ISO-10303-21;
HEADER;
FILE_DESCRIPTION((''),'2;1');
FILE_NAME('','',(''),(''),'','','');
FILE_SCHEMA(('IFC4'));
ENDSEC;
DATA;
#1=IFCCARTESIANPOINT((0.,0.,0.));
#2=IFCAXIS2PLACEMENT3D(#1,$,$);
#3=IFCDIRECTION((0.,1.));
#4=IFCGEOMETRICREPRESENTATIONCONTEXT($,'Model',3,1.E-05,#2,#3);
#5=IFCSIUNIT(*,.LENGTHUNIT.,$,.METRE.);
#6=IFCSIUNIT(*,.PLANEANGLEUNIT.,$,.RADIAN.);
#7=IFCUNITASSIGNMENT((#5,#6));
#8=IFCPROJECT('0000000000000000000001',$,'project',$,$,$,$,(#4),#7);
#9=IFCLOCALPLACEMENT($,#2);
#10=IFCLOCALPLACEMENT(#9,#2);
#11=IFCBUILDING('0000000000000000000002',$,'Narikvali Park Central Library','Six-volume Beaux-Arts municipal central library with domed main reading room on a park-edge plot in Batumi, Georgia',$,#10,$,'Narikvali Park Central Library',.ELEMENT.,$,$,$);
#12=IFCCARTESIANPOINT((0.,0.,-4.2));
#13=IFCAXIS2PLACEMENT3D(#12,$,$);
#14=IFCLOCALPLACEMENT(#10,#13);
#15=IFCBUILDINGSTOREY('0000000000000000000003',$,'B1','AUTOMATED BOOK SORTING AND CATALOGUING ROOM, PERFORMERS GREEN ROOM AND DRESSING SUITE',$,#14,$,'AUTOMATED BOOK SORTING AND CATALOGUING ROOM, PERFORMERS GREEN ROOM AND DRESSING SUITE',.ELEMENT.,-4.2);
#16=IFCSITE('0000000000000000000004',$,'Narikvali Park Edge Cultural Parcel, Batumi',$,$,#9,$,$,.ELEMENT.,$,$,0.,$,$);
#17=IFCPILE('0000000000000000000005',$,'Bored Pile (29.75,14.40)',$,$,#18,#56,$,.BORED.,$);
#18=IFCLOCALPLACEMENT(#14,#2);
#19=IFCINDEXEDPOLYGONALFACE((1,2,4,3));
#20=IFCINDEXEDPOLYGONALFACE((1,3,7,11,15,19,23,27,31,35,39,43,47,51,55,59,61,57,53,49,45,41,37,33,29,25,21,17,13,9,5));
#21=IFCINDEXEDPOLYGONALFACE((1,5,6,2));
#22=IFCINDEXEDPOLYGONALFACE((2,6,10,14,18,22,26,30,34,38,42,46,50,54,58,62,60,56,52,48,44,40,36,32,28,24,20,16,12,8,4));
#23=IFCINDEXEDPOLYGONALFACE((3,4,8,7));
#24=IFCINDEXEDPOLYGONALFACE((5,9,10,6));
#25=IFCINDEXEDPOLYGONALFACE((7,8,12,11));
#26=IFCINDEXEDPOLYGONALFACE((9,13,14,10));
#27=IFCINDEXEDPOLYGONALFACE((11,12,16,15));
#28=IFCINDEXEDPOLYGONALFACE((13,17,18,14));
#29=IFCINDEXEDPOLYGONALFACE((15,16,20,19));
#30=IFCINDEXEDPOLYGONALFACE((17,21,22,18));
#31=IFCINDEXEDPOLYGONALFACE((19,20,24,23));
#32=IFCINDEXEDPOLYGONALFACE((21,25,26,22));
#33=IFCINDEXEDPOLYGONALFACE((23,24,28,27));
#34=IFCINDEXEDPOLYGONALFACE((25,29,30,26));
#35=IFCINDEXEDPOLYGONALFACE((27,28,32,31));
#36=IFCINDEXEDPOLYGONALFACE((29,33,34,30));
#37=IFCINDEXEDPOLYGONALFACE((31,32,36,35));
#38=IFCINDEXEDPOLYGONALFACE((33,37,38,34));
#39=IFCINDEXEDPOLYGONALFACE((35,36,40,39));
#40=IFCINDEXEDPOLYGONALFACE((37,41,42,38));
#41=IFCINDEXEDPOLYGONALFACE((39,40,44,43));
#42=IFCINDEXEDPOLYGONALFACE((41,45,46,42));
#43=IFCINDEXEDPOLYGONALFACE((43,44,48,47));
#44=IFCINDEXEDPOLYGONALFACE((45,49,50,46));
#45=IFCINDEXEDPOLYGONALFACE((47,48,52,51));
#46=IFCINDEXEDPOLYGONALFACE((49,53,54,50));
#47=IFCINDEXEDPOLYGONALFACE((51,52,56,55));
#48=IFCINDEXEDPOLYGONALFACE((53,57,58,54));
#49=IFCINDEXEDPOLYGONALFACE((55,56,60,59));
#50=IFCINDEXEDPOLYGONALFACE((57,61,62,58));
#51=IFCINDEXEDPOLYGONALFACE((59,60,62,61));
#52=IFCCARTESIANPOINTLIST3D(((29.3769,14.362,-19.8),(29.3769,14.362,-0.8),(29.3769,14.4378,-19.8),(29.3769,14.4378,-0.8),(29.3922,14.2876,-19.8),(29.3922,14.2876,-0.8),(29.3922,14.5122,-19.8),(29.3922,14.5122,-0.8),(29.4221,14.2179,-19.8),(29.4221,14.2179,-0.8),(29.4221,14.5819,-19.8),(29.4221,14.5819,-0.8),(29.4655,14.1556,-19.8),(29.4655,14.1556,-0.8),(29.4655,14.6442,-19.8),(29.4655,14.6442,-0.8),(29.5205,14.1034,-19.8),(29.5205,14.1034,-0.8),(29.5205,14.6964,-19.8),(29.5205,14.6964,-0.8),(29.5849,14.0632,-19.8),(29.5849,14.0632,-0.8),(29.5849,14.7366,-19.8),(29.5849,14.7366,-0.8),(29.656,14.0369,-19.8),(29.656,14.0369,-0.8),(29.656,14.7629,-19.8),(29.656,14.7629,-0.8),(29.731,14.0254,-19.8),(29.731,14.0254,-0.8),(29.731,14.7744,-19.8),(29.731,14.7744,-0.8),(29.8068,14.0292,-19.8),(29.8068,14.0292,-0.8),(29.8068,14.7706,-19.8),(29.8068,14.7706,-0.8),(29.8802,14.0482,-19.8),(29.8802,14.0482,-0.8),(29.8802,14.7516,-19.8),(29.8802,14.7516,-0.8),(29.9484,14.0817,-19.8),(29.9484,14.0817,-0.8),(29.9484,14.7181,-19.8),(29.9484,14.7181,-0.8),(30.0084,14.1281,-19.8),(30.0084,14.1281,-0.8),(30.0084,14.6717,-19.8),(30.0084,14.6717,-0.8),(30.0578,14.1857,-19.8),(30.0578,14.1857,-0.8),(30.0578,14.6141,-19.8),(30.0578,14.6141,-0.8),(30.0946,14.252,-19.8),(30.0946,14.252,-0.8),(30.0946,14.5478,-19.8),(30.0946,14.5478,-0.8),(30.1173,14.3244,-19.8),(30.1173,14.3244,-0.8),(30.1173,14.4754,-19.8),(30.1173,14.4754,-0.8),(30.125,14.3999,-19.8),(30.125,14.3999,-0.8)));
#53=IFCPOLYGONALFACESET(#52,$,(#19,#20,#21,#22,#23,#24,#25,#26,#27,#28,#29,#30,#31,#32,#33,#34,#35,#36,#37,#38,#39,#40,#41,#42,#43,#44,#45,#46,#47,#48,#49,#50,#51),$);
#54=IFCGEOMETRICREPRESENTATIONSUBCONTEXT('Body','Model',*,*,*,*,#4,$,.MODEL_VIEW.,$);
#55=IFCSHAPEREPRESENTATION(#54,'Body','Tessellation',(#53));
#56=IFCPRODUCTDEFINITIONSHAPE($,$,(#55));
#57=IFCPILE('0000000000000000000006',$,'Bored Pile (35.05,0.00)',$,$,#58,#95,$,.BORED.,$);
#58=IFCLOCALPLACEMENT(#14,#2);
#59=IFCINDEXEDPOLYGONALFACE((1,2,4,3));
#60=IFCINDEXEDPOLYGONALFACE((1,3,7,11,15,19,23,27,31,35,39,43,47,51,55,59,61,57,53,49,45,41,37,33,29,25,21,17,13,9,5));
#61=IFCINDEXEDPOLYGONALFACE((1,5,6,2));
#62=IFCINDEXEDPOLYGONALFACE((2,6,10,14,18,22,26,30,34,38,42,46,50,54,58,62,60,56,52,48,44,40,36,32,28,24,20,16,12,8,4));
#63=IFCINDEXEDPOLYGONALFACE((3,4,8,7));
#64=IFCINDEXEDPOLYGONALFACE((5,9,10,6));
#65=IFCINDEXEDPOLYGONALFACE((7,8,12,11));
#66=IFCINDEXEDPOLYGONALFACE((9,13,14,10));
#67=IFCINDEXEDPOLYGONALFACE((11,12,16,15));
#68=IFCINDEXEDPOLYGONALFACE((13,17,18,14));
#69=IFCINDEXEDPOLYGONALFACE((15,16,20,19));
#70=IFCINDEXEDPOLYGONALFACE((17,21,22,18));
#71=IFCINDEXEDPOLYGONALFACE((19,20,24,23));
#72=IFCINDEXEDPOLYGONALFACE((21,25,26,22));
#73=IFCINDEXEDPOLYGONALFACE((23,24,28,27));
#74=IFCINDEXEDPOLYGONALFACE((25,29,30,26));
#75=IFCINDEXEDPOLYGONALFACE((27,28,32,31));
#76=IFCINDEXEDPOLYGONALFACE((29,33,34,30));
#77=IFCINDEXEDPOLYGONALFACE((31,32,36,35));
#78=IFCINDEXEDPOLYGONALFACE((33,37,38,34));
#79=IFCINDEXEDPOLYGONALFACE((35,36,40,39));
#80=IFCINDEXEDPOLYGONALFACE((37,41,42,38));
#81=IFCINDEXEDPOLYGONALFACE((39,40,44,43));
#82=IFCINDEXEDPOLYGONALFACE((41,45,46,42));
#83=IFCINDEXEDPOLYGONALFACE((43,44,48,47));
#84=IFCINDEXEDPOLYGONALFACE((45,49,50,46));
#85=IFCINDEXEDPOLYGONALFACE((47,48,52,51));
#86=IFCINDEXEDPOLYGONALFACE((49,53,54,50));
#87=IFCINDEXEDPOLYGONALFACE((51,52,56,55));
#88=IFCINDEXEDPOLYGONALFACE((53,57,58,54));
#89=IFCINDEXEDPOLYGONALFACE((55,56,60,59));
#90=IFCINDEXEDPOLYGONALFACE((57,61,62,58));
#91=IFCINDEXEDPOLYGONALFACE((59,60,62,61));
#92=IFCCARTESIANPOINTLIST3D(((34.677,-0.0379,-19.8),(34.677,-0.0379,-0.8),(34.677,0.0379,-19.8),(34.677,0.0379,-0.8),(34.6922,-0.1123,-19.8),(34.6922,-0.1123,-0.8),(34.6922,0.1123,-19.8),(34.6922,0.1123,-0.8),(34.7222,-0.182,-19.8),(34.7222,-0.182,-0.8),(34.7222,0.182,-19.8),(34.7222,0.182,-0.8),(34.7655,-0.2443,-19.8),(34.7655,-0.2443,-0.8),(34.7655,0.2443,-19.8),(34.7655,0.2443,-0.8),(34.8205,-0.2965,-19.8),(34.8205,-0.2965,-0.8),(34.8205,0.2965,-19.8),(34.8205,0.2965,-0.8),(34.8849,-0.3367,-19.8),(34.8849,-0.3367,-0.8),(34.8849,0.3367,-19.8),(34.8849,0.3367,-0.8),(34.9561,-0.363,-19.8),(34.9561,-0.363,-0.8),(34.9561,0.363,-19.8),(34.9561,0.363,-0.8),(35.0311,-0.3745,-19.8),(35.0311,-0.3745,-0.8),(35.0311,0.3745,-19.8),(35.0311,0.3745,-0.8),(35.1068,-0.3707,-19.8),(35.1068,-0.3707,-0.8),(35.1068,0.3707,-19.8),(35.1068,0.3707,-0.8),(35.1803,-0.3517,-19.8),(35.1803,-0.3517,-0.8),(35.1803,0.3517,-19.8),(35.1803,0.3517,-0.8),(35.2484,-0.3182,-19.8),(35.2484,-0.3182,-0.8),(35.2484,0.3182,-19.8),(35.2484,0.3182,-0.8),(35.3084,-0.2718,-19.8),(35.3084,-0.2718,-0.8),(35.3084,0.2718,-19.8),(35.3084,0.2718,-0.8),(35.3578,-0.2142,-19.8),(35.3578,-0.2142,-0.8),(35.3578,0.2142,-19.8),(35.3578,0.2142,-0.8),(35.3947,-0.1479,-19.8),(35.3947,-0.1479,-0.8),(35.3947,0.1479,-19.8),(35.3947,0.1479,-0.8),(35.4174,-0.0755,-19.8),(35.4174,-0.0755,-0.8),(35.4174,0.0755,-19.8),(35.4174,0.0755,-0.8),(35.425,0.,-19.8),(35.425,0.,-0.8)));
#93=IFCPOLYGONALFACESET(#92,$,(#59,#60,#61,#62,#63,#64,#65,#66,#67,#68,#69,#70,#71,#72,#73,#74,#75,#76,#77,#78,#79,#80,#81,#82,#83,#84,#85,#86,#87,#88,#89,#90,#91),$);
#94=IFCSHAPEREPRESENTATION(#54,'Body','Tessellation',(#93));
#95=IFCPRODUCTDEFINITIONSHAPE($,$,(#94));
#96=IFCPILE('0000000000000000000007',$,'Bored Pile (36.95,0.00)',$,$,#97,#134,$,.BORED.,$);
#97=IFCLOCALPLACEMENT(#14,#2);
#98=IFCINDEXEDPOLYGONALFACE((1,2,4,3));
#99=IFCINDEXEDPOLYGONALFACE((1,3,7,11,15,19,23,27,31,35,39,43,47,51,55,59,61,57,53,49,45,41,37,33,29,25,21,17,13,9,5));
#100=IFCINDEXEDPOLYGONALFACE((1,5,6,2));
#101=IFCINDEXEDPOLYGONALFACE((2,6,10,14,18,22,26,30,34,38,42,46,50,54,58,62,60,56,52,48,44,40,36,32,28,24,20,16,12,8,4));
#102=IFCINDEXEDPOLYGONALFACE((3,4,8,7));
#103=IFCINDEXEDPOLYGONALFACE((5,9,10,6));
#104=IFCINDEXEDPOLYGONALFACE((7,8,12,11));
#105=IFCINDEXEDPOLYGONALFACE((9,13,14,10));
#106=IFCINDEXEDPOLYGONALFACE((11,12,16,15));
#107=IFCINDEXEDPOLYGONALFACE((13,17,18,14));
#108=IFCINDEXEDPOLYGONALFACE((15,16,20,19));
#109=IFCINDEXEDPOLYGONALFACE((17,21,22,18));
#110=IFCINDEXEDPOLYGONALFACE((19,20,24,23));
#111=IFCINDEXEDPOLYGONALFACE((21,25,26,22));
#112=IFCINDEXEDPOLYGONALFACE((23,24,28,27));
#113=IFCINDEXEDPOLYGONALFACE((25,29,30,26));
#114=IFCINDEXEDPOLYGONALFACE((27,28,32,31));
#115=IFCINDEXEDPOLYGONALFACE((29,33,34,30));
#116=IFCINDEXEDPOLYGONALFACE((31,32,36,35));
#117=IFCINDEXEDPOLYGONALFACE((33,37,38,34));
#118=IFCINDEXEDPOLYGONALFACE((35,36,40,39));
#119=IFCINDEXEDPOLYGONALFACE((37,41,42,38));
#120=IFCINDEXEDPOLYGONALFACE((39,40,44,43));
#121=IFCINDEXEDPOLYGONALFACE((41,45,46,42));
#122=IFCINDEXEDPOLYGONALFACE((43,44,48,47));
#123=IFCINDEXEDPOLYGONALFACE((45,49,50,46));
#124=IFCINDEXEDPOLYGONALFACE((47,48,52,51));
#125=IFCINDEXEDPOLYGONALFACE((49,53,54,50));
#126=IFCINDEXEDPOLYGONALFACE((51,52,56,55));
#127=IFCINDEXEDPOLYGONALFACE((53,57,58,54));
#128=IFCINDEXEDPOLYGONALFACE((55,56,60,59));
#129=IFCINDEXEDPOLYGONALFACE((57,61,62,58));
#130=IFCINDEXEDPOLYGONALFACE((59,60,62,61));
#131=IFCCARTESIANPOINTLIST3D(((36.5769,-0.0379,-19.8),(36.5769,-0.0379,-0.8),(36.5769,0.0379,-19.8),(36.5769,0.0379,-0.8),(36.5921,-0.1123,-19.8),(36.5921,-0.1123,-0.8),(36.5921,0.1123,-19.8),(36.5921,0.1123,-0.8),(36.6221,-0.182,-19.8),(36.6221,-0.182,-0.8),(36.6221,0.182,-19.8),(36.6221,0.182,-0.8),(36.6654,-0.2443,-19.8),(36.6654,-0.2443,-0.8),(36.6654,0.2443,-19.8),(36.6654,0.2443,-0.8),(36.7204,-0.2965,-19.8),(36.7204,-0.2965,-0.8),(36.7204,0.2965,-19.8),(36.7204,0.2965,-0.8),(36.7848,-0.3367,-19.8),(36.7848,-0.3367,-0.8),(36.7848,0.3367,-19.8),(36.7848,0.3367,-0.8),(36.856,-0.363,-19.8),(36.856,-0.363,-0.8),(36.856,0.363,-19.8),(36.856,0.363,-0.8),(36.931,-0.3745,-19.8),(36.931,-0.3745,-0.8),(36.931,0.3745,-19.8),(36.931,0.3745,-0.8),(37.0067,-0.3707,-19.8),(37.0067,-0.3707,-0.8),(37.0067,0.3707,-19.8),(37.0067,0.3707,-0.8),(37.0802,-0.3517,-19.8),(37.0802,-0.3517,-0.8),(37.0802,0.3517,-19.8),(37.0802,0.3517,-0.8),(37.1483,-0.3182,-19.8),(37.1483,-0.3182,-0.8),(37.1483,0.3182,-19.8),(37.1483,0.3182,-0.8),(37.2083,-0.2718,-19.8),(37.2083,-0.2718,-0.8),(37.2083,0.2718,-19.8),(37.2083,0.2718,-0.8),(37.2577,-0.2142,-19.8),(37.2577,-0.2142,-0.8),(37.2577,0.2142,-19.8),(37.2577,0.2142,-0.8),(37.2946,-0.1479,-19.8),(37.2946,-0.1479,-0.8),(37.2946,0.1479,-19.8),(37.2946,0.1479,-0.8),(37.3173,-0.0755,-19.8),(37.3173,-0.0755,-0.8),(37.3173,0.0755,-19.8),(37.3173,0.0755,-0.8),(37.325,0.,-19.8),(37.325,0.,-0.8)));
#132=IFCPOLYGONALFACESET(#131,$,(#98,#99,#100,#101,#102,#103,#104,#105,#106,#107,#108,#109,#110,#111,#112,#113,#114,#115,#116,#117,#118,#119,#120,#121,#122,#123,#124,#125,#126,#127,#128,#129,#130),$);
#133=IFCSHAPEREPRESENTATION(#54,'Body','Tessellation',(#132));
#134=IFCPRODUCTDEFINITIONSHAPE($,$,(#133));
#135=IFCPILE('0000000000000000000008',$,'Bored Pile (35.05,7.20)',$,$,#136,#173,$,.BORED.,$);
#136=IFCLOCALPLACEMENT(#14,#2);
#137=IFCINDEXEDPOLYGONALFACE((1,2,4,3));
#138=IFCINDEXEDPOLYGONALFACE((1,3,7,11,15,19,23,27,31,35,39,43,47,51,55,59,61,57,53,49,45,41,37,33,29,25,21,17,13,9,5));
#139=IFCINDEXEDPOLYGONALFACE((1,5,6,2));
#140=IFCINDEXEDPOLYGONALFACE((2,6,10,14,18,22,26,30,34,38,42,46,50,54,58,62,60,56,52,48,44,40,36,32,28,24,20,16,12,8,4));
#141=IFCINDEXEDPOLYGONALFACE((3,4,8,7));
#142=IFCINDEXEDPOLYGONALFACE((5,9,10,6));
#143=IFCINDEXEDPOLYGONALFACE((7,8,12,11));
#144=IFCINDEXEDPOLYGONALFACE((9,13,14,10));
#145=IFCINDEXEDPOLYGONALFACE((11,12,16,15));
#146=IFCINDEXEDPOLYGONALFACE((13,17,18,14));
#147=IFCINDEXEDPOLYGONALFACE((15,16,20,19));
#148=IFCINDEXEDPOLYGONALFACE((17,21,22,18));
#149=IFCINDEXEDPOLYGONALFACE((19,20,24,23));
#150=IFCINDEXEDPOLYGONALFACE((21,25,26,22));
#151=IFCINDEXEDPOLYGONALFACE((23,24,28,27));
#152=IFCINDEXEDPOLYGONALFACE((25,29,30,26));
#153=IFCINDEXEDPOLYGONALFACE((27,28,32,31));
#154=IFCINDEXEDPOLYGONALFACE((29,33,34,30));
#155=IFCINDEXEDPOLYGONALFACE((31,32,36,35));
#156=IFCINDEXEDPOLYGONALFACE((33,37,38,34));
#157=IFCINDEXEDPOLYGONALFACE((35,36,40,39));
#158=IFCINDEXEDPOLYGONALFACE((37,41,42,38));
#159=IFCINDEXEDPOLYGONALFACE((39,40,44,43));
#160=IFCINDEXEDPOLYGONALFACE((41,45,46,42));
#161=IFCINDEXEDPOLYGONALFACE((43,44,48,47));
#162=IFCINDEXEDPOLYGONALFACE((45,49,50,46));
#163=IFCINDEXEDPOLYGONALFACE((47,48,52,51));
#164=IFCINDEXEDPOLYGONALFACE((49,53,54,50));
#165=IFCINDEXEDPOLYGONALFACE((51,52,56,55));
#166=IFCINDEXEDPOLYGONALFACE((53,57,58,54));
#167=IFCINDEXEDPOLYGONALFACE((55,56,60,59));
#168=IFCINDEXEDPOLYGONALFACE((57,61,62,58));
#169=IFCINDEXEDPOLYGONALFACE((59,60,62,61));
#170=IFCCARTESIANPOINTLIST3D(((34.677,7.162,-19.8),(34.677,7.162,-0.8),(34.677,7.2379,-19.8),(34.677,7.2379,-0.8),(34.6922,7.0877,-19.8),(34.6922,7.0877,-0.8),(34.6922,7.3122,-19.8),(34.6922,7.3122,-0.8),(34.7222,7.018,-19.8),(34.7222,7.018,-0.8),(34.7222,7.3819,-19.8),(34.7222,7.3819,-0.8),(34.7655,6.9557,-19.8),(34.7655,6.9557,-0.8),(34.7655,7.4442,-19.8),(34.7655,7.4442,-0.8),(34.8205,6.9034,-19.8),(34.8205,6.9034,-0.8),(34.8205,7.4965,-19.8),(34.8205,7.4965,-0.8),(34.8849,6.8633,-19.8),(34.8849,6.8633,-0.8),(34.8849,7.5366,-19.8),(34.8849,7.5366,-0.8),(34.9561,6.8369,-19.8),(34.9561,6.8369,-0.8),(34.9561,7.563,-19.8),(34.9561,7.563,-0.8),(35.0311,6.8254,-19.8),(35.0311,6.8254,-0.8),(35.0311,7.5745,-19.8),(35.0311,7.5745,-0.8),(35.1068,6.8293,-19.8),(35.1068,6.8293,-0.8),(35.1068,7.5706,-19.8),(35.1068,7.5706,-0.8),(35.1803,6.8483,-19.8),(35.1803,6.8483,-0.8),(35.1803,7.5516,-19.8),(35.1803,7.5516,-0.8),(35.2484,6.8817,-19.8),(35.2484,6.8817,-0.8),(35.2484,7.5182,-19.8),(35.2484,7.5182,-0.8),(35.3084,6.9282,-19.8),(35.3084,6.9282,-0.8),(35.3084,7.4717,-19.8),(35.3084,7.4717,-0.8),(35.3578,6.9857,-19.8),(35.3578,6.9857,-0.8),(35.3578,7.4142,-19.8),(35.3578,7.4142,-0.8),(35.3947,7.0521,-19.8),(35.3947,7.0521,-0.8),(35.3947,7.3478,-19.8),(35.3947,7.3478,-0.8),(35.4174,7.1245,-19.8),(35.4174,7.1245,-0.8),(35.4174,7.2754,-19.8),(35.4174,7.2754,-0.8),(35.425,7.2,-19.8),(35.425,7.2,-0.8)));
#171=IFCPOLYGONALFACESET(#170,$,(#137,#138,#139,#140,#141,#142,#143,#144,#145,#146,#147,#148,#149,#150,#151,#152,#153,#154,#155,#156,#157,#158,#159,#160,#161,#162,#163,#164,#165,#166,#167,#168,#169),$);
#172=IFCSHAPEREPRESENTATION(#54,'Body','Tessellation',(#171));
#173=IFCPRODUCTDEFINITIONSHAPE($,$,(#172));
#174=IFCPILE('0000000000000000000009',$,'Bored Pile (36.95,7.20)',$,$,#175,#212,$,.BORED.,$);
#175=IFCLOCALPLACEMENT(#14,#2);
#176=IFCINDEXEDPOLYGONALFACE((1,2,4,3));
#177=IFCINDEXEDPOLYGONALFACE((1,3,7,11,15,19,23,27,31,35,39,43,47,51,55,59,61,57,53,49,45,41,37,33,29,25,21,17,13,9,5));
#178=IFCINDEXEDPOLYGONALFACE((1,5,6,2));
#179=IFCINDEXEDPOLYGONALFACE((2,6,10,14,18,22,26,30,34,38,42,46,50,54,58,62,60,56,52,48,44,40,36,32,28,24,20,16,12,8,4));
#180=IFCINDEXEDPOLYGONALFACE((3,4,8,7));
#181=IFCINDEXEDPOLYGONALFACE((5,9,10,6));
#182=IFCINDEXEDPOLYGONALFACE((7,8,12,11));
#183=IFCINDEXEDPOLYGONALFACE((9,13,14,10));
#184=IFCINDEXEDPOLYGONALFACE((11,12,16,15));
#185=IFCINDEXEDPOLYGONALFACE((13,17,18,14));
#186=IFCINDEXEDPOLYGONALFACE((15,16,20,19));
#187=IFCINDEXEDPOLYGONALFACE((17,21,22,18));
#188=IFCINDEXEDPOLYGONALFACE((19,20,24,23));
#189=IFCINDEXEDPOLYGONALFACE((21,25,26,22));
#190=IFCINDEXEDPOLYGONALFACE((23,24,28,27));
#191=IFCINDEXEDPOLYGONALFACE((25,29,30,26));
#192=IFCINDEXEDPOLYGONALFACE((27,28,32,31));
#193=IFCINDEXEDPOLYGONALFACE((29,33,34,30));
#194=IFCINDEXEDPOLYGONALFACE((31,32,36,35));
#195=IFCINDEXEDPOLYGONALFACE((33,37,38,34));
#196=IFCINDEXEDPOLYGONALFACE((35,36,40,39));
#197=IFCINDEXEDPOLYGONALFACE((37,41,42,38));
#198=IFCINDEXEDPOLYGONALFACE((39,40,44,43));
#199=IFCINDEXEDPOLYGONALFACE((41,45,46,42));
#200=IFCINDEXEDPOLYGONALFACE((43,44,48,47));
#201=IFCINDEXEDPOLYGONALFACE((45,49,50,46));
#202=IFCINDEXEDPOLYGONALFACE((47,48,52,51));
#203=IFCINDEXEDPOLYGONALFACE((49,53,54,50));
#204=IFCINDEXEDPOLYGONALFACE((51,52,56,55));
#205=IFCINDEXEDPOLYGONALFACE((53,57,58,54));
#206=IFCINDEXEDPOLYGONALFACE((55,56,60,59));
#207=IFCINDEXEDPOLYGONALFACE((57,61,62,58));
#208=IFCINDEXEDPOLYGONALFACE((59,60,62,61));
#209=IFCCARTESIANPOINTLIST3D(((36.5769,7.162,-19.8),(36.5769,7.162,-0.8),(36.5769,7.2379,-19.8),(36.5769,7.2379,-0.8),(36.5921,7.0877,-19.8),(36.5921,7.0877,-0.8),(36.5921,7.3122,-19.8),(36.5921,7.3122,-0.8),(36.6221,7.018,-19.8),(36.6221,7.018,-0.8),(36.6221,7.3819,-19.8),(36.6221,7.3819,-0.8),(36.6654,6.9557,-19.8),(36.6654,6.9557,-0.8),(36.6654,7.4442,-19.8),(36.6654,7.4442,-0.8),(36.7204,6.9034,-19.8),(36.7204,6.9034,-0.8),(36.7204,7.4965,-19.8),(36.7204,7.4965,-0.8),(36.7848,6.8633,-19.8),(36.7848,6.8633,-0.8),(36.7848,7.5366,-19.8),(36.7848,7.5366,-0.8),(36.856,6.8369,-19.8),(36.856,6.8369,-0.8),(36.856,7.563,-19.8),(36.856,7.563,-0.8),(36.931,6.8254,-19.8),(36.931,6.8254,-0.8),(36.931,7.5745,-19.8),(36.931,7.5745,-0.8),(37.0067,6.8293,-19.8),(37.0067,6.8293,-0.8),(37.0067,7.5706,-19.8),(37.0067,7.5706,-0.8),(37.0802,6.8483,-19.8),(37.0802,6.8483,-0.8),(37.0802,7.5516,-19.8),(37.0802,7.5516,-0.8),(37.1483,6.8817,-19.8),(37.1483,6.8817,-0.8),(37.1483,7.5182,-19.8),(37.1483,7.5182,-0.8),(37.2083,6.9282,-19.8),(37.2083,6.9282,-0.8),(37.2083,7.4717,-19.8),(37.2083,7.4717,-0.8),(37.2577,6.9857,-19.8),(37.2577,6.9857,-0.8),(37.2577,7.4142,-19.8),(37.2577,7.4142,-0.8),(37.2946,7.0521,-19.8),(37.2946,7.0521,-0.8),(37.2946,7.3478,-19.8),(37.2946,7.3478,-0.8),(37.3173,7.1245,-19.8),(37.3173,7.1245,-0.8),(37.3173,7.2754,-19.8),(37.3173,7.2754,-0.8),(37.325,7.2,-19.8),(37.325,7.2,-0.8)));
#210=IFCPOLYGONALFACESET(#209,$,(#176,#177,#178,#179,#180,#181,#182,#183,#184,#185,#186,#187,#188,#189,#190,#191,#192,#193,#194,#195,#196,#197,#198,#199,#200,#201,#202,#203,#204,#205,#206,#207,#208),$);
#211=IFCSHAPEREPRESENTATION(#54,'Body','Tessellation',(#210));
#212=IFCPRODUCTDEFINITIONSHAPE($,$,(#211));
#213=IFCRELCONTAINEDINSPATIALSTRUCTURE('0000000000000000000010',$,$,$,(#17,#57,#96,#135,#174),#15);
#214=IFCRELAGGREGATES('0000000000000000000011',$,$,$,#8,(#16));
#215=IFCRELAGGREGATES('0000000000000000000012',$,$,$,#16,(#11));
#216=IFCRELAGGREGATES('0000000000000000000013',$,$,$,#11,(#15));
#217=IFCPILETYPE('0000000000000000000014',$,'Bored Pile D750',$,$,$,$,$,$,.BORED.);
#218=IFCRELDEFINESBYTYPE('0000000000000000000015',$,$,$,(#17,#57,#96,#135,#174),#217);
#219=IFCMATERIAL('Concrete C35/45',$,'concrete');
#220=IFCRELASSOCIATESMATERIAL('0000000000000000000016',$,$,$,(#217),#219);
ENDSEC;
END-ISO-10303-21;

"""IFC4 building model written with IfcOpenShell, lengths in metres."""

from ifc_helpers import new_model, si_unit, direction, frame, origin, origin_2d, place, context, subcontext, project, spatial, circle, extrude, material, material_profile, profile_set, type_object, element, save


model = new_model("IFC4")

# Units and contexts
model_context = context("Model", 3, precision=1e-05, world=origin(), true_north=direction((0.0, 1.0)))
body_context = subcontext(model_context, "Body", "Model", "MODEL_VIEW")
ifc_project = project(units=[si_unit("LENGTHUNIT", "METRE"), si_unit("PLANEANGLEUNIT", "RADIAN")], contexts=[model_context])

# Site, building, storey
site_placement = place(None, origin())
site = spatial("IfcSite", under=ifc_project, at=site_placement, Name="Narikvali Park Edge Cultural Parcel, Batumi", CompositionType="ELEMENT", RefElevation=0.0)
building_placement = place(site_placement, origin())
building = spatial("IfcBuilding", under=site, at=building_placement, Name="Narikvali Park Central Library", Description="Six-volume Beaux-Arts municipal central library with domed main reading room on a park-edge plot in Batumi, Georgia", LongName="Narikvali Park Central Library", CompositionType="ELEMENT")
storey_placement = place(building_placement, frame((0.0, 0.0, -4.2)))
storey = spatial("IfcBuildingStorey", under=building, at=storey_placement, Name="B1", Description="AUTOMATED BOOK SORTING AND CATALOGUING ROOM, PERFORMERS GREEN ROOM AND DRESSING SUITE", LongName="AUTOMATED BOOK SORTING AND CATALOGUING ROOM, PERFORMERS GREEN ROOM AND DRESSING SUITE", CompositionType="ELEMENT", Elevation=-4.2)

# Piles
ifc_material_1 = material(Name="Concrete C35/45", Category="concrete")
ifc_material_profile_1 = material_profile(ifc_material_1, circle(Radius=0.375, at=origin_2d()), Name="PILE D750")
ifc_profile_set_1 = profile_set([ifc_material_profile_1], Name="Concrete C35/45")
pile_type = type_object("IfcPileType", Name="Bored Pile D750", PredefinedType="BORED", material=ifc_profile_set_1)
for number, where, z_axis, x_axis, name in (
    (1, (29.75, 14.3999, -0.8), (0.0, 0.0, -1.0), (1.0, 0.0, 0.0), "Bored Pile (29.75,14.40)"),
    (2, (35.05, 0.0, -0.8), (0.0, 0.0, -1.0), (1.0, 0.0, 0.0), "Bored Pile (35.05,0.00)"),
    (3, (36.95, 0.0, -0.8), (0.0, 0.0, -1.0), (1.0, 0.0, 0.0), "Bored Pile (36.95,0.00)"),
    (4, (35.05, 7.2, -0.8), (0.0, 0.0, -1.0), (1.0, 0.0, 0.0), "Bored Pile (35.05,7.20)"),
    (5, (36.95, 7.2, -0.8), (0.0, 0.0, -1.0), (1.0, 0.0, 0.0), "Bored Pile (36.95,7.20)"),
):
    element("IfcPile", number, at=place(storey_placement, frame(where, z_axis=z_axis, x_axis=x_axis)), inside=storey, type_object=pile_type, Name=name, PredefinedType="BORED", context=body_context, shape_type="SweptSolid", body=[
        extrude(circle(Radius=0.375, at=origin_2d()), origin(), (0.0, 0.0, 1.0), 19.0),
    ])

save(model, "model.ifc")
